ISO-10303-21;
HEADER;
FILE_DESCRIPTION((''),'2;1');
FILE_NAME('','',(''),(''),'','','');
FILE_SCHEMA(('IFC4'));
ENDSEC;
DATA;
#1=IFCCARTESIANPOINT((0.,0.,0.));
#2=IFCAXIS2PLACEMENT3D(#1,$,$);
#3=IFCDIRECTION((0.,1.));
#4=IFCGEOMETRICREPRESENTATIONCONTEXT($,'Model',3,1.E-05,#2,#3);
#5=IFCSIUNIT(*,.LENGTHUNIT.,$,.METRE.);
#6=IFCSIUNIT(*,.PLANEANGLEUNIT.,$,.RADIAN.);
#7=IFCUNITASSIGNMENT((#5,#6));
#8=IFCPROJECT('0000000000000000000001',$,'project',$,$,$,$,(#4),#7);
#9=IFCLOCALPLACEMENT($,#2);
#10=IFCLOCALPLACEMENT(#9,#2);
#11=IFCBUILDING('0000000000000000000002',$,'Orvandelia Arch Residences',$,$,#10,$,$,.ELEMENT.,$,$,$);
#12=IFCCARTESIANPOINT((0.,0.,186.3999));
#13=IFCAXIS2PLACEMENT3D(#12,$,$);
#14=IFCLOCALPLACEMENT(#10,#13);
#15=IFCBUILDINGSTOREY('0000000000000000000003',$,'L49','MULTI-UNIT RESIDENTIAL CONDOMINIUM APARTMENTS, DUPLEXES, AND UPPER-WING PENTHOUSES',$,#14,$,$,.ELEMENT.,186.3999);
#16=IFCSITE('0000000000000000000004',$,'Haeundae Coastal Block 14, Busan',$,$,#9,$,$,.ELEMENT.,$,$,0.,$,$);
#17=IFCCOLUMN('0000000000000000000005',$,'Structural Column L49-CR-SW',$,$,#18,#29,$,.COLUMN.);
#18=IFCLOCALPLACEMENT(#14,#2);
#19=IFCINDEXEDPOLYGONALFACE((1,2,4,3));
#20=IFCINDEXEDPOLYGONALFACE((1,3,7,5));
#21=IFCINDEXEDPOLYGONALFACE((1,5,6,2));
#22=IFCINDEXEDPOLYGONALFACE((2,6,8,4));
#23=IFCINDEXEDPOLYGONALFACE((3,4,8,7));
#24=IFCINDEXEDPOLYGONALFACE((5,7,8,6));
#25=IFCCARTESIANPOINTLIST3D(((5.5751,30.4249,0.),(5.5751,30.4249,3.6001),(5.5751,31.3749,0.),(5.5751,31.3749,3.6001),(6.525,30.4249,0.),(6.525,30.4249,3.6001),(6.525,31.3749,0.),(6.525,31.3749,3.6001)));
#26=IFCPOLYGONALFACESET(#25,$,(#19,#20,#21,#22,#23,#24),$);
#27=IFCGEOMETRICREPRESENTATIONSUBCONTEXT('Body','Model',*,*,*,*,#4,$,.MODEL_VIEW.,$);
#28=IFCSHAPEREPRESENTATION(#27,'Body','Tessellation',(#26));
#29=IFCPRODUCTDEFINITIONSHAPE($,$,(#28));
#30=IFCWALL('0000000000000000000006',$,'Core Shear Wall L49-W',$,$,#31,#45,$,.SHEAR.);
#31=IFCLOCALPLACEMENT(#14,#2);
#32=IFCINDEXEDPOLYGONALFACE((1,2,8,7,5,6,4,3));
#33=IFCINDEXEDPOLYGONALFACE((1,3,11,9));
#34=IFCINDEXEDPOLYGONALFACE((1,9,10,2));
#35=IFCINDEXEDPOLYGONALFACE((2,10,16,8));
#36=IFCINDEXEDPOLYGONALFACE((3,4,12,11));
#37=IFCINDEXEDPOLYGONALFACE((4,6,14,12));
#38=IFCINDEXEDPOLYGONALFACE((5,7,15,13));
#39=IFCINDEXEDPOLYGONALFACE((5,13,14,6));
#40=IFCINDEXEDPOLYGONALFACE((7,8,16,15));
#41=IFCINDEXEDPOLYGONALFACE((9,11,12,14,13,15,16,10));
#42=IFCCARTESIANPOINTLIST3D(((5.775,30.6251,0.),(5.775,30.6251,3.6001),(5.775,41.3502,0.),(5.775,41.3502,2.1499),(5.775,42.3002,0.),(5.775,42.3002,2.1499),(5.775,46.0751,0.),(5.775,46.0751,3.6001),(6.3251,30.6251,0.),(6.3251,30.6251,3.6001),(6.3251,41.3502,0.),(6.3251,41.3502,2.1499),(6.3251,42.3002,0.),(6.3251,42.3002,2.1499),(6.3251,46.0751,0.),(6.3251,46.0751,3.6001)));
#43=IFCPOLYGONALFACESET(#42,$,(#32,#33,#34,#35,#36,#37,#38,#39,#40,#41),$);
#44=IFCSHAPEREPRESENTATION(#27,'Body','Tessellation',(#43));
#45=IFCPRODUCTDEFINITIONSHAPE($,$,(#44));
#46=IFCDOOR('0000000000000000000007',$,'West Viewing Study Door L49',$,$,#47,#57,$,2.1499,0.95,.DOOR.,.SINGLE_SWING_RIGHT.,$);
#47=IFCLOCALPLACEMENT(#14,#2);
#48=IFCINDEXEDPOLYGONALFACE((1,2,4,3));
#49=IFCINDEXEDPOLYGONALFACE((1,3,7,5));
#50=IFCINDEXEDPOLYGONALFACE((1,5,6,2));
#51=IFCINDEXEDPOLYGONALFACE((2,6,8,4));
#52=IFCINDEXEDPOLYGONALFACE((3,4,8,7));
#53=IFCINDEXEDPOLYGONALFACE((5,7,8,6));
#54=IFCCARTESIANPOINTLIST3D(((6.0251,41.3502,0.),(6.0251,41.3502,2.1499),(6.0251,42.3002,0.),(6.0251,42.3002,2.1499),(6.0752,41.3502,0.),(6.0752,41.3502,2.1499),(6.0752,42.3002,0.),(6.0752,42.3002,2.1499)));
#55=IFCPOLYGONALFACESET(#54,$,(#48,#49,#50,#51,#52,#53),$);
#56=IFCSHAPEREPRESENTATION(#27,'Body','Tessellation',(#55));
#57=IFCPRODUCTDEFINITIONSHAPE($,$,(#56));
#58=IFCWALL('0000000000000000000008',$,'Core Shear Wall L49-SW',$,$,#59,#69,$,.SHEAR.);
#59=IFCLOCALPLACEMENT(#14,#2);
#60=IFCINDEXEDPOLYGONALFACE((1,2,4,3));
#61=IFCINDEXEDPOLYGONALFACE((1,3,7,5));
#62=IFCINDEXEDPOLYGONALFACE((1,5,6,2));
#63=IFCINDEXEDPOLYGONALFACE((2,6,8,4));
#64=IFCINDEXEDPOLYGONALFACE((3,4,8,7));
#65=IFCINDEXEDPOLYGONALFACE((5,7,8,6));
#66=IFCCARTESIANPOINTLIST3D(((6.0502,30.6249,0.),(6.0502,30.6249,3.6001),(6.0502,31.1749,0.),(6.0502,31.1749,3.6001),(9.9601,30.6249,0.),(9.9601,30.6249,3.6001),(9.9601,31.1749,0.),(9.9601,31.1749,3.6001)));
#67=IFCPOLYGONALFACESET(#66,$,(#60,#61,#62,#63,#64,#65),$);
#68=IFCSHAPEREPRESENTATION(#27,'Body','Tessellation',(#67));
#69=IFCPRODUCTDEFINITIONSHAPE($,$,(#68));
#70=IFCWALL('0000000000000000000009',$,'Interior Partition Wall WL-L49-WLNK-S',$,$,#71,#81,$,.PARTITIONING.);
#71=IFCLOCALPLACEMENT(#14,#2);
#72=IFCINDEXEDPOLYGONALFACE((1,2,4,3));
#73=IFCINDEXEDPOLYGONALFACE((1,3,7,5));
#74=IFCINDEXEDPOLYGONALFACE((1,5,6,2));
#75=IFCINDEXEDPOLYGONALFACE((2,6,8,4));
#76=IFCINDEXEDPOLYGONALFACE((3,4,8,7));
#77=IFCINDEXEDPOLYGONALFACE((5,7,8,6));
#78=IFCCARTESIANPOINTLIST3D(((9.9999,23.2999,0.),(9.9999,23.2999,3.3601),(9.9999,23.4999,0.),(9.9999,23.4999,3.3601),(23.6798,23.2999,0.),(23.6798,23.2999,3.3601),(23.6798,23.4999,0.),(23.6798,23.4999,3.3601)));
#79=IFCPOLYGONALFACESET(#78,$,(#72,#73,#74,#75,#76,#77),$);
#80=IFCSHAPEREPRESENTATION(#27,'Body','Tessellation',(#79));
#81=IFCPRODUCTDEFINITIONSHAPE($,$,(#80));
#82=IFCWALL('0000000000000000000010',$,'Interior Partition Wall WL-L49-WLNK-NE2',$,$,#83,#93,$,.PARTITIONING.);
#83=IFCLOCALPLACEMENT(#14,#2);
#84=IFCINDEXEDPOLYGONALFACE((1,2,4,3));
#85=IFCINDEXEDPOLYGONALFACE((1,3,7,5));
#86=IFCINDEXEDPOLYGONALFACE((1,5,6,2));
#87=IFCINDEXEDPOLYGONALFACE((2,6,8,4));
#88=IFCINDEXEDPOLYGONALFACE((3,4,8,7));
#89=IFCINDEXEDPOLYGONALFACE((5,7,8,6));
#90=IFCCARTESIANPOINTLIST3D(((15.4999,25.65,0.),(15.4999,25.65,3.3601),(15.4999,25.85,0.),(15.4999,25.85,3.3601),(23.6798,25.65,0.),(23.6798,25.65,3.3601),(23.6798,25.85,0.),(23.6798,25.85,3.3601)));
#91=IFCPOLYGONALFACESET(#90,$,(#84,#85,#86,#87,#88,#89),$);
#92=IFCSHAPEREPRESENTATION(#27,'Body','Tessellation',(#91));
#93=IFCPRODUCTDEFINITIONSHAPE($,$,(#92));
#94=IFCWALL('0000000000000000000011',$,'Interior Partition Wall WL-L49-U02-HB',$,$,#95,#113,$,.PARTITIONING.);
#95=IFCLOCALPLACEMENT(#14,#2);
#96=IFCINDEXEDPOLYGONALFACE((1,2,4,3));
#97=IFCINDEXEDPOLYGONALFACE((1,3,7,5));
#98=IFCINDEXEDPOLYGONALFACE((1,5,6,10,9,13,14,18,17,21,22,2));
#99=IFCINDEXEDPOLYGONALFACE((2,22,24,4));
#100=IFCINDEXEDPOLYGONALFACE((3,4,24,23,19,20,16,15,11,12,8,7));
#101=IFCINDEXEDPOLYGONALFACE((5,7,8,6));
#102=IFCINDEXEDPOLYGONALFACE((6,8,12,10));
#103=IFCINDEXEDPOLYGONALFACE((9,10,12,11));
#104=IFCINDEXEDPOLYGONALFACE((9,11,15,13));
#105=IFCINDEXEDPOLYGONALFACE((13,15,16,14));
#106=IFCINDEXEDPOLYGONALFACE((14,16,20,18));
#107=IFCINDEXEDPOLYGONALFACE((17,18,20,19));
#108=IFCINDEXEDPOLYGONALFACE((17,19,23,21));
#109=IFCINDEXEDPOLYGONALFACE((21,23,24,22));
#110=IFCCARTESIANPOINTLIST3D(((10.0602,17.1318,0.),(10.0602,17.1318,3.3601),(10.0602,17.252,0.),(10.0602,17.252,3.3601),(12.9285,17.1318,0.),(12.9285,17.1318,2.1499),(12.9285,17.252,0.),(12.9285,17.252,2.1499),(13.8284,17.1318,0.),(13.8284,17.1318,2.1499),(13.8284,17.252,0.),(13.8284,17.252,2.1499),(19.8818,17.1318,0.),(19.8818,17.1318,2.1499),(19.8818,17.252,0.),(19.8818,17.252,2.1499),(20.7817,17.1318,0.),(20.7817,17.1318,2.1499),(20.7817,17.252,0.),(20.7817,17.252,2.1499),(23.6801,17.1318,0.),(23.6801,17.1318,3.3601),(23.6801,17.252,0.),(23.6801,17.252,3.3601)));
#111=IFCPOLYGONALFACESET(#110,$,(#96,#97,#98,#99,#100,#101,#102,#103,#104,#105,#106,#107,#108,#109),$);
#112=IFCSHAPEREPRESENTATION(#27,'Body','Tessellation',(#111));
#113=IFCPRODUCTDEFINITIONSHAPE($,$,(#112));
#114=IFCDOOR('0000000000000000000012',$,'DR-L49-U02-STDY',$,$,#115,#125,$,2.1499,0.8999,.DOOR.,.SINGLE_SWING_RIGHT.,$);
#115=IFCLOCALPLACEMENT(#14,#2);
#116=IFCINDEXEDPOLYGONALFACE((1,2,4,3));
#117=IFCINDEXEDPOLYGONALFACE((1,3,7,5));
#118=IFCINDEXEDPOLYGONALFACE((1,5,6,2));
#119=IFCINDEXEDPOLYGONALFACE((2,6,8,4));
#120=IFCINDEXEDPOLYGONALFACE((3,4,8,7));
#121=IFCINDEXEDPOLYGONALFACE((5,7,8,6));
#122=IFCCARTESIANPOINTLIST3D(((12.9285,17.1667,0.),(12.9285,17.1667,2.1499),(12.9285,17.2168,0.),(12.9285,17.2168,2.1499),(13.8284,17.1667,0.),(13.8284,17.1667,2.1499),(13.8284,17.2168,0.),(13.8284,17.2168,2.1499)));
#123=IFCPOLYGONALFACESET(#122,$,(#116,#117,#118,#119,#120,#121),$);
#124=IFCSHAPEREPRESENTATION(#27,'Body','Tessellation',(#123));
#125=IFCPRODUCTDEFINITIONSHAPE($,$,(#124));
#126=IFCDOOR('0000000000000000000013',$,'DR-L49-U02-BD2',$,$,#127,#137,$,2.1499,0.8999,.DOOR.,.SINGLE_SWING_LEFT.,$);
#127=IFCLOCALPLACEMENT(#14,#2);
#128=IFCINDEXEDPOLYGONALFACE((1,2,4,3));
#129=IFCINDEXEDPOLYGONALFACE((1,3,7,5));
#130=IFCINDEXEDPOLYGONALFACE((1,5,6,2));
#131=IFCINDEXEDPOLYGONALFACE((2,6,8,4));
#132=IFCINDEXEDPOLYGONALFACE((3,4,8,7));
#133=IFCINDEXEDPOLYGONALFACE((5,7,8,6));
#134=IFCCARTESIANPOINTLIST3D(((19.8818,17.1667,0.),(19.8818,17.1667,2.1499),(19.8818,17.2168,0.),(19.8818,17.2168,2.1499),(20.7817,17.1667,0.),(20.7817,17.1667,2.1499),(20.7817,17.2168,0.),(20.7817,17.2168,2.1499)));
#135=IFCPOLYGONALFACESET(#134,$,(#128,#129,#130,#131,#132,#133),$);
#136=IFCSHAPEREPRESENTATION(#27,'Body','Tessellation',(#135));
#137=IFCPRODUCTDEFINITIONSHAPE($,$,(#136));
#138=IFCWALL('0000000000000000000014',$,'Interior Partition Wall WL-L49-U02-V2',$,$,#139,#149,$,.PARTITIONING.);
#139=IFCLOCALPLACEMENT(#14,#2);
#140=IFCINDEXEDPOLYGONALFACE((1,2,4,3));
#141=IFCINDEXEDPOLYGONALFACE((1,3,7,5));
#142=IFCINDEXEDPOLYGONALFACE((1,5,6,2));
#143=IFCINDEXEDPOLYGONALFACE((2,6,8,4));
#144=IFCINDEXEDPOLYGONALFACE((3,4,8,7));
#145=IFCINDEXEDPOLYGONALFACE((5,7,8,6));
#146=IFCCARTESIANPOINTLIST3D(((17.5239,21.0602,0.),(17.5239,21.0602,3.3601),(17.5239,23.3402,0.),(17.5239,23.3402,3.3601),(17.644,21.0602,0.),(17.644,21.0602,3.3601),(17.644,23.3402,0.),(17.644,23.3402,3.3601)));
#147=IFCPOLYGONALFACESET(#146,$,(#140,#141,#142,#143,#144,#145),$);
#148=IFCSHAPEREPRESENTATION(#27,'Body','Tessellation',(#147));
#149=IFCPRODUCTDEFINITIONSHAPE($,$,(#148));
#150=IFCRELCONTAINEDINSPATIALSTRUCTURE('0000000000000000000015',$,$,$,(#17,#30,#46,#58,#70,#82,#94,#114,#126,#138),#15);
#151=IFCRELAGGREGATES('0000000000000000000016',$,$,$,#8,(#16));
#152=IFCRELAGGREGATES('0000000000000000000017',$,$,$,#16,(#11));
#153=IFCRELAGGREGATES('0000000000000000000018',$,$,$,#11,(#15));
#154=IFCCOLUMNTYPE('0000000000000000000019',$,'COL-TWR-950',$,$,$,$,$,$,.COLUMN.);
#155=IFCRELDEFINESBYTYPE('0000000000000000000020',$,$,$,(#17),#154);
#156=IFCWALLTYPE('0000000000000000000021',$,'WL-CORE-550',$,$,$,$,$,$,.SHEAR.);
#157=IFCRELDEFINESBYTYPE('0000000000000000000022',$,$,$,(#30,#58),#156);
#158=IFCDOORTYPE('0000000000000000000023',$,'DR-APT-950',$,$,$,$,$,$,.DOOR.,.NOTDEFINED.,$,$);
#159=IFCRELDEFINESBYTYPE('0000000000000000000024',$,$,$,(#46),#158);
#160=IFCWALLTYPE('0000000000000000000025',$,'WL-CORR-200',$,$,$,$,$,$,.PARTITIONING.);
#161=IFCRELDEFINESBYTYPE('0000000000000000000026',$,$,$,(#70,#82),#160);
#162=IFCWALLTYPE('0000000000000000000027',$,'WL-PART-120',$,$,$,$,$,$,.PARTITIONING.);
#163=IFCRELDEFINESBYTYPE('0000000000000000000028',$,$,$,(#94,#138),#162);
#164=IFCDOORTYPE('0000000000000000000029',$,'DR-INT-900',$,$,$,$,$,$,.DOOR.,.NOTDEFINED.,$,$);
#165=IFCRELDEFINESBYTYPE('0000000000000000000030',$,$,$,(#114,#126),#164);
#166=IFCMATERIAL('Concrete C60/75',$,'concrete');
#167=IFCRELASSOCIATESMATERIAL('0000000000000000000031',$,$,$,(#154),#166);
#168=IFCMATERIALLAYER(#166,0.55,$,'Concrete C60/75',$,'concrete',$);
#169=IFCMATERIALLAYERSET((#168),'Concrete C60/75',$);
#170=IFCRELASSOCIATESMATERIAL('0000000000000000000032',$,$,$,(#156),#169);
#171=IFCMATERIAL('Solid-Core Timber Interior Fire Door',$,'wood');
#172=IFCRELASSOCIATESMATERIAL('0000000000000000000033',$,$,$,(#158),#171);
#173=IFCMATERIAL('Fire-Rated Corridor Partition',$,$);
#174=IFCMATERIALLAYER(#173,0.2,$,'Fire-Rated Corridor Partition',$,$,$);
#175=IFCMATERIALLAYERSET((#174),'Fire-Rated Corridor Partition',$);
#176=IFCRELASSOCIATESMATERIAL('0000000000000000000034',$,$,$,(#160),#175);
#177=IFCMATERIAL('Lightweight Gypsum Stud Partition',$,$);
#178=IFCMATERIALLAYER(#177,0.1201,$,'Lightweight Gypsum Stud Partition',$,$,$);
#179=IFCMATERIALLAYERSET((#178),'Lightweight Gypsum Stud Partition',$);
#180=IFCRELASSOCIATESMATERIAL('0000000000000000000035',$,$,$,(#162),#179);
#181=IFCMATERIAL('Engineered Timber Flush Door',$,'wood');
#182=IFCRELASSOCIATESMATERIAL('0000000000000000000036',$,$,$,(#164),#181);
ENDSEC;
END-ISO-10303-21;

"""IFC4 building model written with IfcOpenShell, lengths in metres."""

from ifc_helpers import new_model, si_unit, direction, frame, frame_2d, origin, origin_2d, place, context, subcontext, project, spatial, rectangle, extrude, material, layer, layer_set, material_profile, profile_set, type_object, element, fill, save


model = new_model("IFC4")

# Units and contexts
model_context = context("Model", 3, precision=1e-05, world=origin(), true_north=direction((0.0, 1.0)))
body_context = subcontext(model_context, "Body", "Model", "MODEL_VIEW")
ifc_project = project(units=[si_unit("LENGTHUNIT", "METRE"), si_unit("PLANEANGLEUNIT", "RADIAN")], contexts=[model_context])

# Site, building, storey
site_placement = place(None, origin())
site = spatial("IfcSite", under=ifc_project, at=site_placement, Name="Haeundae Coastal Block 14, Busan", CompositionType="ELEMENT", RefElevation=0.0)
building_placement = place(site_placement, origin())
building = spatial("IfcBuilding", under=site, at=building_placement, Name="Orvandelia Arch Residences", CompositionType="ELEMENT")
storey_placement = place(building_placement, frame((0.0, 0.0, 186.3999)))
storey = spatial("IfcBuildingStorey", under=building, at=storey_placement, Name="L49", Description="MULTI-UNIT RESIDENTIAL CONDOMINIUM APARTMENTS, DUPLEXES, AND UPPER-WING PENTHOUSES", CompositionType="ELEMENT", Elevation=186.3999)

# Column
ifc_material_1 = material(Name="Concrete C60/75", Category="concrete")
ifc_material_profile = material_profile(ifc_material_1, rectangle(XDim=0.95, YDim=0.95, at=origin_2d()), Name="Concrete C60/75", Category="concrete")
ifc_profile_set = profile_set([ifc_material_profile], Name="Concrete C60/75")
column_type = type_object("IfcColumnType", Name="COL-TWR-950", PredefinedType="COLUMN", material=ifc_profile_set)
column_placement = place(storey_placement, frame((6.05, 30.8999, 0.0), z_axis=(0.0, 0.0, 1.0), x_axis=(1.0, 0.0, 0.0)))
element("IfcColumn", 1, at=column_placement, inside=storey, type_object=column_type, Name="Structural Column L49-CR-SW", PredefinedType="COLUMN", context=body_context, shape_type="SweptSolid", body=[
    extrude(rectangle(XDim=0.95, YDim=0.95, at=origin_2d()), origin(), (0.0, 0.0, 1.0), 3.6001),
])

# Wall, opening, door
ifc_layer_1 = layer(ifc_material_1, 0.55, Name="Concrete C60/75", Category="concrete")
ifc_layer_set_1 = layer_set([ifc_layer_1], Name="Concrete C60/75")
wall_type_1 = type_object("IfcWallType", Name="WL-CORE-550", PredefinedType="SHEAR", material=ifc_layer_set_1)
wall_1_placement = place(storey_placement, frame((6.05, 30.625, 0.0), z_axis=(0.0, 0.0, 1.0), x_axis=(0.0, 1.0, 0.0)))
wall_1 = element("IfcWall", 2, at=wall_1_placement, inside=storey, type_object=wall_type_1, Name="Core Shear Wall L49-W", PredefinedType="SHEAR", context=body_context, shape_type="SweptSolid", body=[
    extrude(rectangle(XDim=15.45, YDim=0.55, at=frame_2d((7.7251, 0.0))), origin(), (0.0, 0.0, 1.0), 3.6001),
])
opening_1_placement = place(wall_1_placement, frame((10.7251, 0.0, 0.0)))
opening_1 = element("IfcOpeningElement", 3, at=opening_1_placement, cuts=wall_1, PredefinedType="OPENING", context=body_context, shape_type="SweptSolid", body=[
    extrude(rectangle(XDim=0.95, YDim=2.1499, at=frame_2d((0.4751, 1.075))), frame((0.0, 0.2852, 0.0), z_axis=(0.0, -1.0, 0.0), x_axis=(1.0, 0.0, 0.0)), (0.0, 0.0, 1.0), 0.5701),
])
ifc_material_2 = material(Name="Solid-Core Timber Interior Fire Door", Category="wood")
door_type_1 = type_object("IfcDoorType", Name="DR-APT-950", OperationType="NOTDEFINED", PredefinedType="DOOR", material=ifc_material_2)
door_1_placement = place(opening_1_placement, origin())
door_1 = element("IfcDoor", 4, at=door_1_placement, inside=storey, type_object=door_type_1, Name="West Viewing Study Door L49", OperationType="SINGLE_SWING_RIGHT", OverallHeight=2.1499, OverallWidth=0.95, PredefinedType="DOOR", context=body_context, shape_type="SweptSolid", body=[
    extrude(rectangle(XDim=0.95, YDim=2.1499, at=frame_2d((0.4751, 1.075))), frame((0.0, 0.0249, 0.0), z_axis=(0.0, -1.0, 0.0), x_axis=(1.0, 0.0, 0.0)), (0.0, 0.0, 1.0), 0.05),
])
fill(opening_1, door_1)

# Walls
wall_2_placement = place(storey_placement, frame((6.05, 30.8999, 0.0), z_axis=(0.0, 0.0, 1.0), x_axis=(1.0, 0.0, 0.0)))
element("IfcWall", 5, at=wall_2_placement, inside=storey, type_object=wall_type_1, Name="Core Shear Wall L49-SW", PredefinedType="SHEAR", context=body_context, shape_type="SweptSolid", body=[
    extrude(rectangle(XDim=3.9099, YDim=0.55, at=frame_2d((1.9551, 0.0))), origin(), (0.0, 0.0, 1.0), 3.6001),
])
ifc_material_3 = material(Name="Fire-Rated Corridor Partition")
ifc_layer_2 = layer(ifc_material_3, 0.2, Name="Fire-Rated Corridor Partition")
ifc_layer_set_2 = layer_set([ifc_layer_2], Name="Fire-Rated Corridor Partition")
wall_type_2 = type_object("IfcWallType", Name="WL-CORR-200", PredefinedType="PARTITIONING", material=ifc_layer_set_2)
wall_3_placement = place(storey_placement, frame((10.0, 23.3999, 0.0), z_axis=(0.0, 0.0, 1.0), x_axis=(1.0, 0.0, 0.0)))
element("IfcWall", 6, at=wall_3_placement, inside=storey, type_object=wall_type_2, Name="Interior Partition Wall WL-L49-WLNK-S", PredefinedType="PARTITIONING", context=body_context, shape_type="SweptSolid", body=[
    extrude(rectangle(XDim=13.6799, YDim=0.2, at=frame_2d((6.8398, 0.0))), origin(), (0.0, 0.0, 1.0), 3.3601),
])
wall_4_placement = place(storey_placement, frame((15.5, 25.75, 0.0), z_axis=(0.0, 0.0, 1.0), x_axis=(1.0, 0.0, 0.0)))
element("IfcWall", 7, at=wall_4_placement, inside=storey, type_object=wall_type_2, Name="Interior Partition Wall WL-L49-WLNK-NE2", PredefinedType="PARTITIONING", context=body_context, shape_type="SweptSolid", body=[
    extrude(rectangle(XDim=8.1799, YDim=0.2, at=frame_2d((4.0898, 0.0))), origin(), (0.0, 0.0, 1.0), 3.3601),
])

# Wall, openings, doors
ifc_material_4 = material(Name="Lightweight Gypsum Stud Partition")
ifc_layer_3 = layer(ifc_material_4, 0.1201, Name="Lightweight Gypsum Stud Partition")
ifc_layer_set_3 = layer_set([ifc_layer_3], Name="Lightweight Gypsum Stud Partition")
wall_type_3 = type_object("IfcWallType", Name="WL-PART-120", PredefinedType="PARTITIONING", material=ifc_layer_set_3)
wall_5_placement = place(storey_placement, frame((10.0601, 17.1919, 0.0), z_axis=(0.0, 0.0, 1.0), x_axis=(1.0, 0.0, 0.0)))
wall_5 = element("IfcWall", 8, at=wall_5_placement, inside=storey, type_object=wall_type_3, Name="Interior Partition Wall WL-L49-U02-HB", PredefinedType="PARTITIONING", context=body_context, shape_type="SweptSolid", body=[
    extrude(rectangle(XDim=13.6199, YDim=0.1201, at=frame_2d((6.8101, 0.0))), origin(), (0.0, 0.0, 1.0), 3.3601),
])
opening_2_placement = place(wall_5_placement, frame((2.8684, 0.0, 0.0)))
opening_2 = element("IfcOpeningElement", 9, at=opening_2_placement, cuts=wall_5, PredefinedType="OPENING", context=body_context, shape_type="SweptSolid", body=[
    extrude(rectangle(XDim=0.8999, YDim=2.1499, at=frame_2d((0.45, 1.075))), frame((0.0, 0.0701, 0.0), z_axis=(0.0, -1.0, 0.0), x_axis=(1.0, 0.0, 0.0)), (0.0, 0.0, 1.0), 0.1401),
])
opening_3_placement = place(wall_5_placement, frame((9.8218, 0.0, 0.0)))
opening_3 = element("IfcOpeningElement", 10, at=opening_3_placement, cuts=wall_5, PredefinedType="OPENING", context=body_context, shape_type="SweptSolid", body=[
    extrude(rectangle(XDim=0.8999, YDim=2.1499, at=frame_2d((0.45, 1.075))), frame((0.0, 0.0701, 0.0), z_axis=(0.0, -1.0, 0.0), x_axis=(1.0, 0.0, 0.0)), (0.0, 0.0, 1.0), 0.1401),
])
ifc_material_5 = material(Name="Engineered Timber Flush Door", Category="wood")
door_type_2 = type_object("IfcDoorType", Name="DR-INT-900", OperationType="NOTDEFINED", PredefinedType="DOOR", material=ifc_material_5)
door_2_placement = place(opening_2_placement, origin())
door_2 = element("IfcDoor", 11, at=door_2_placement, inside=storey, type_object=door_type_2, Name="DR-L49-U02-STDY", OperationType="SINGLE_SWING_RIGHT", OverallHeight=2.1499, OverallWidth=0.8999, PredefinedType="DOOR", context=body_context, shape_type="SweptSolid", body=[
    extrude(rectangle(XDim=0.8999, YDim=2.1499, at=frame_2d((0.45, 1.075))), frame((0.0, 0.0249, 0.0), z_axis=(0.0, -1.0, 0.0), x_axis=(1.0, 0.0, 0.0)), (0.0, 0.0, 1.0), 0.05),
])
fill(opening_2, door_2)
door_3_placement = place(opening_3_placement, origin())
door_3 = element("IfcDoor", 12, at=door_3_placement, inside=storey, type_object=door_type_2, Name="DR-L49-U02-BD2", OperationType="SINGLE_SWING_LEFT", OverallHeight=2.1499, OverallWidth=0.8999, PredefinedType="DOOR", context=body_context, shape_type="SweptSolid", body=[
    extrude(rectangle(XDim=0.8999, YDim=2.1499, at=frame_2d((0.45, 1.075))), frame((0.0, 0.0249, 0.0), z_axis=(0.0, -1.0, 0.0), x_axis=(1.0, 0.0, 0.0)), (0.0, 0.0, 1.0), 0.05),
])
fill(opening_3, door_3)

# Wall
wall_6_placement = place(storey_placement, frame((17.584, 21.0601, 0.0), z_axis=(0.0, 0.0, 1.0), x_axis=(0.0, 1.0, 0.0)))
element("IfcWall", 13, at=wall_6_placement, inside=storey, type_object=wall_type_3, Name="Interior Partition Wall WL-L49-U02-V2", PredefinedType="PARTITIONING", context=body_context, shape_type="SweptSolid", body=[
    extrude(rectangle(XDim=2.28, YDim=0.1201, at=frame_2d((1.1401, 0.0))), origin(), (0.0, 0.0, 1.0), 3.3601),
])

save(model, "model.ifc")
